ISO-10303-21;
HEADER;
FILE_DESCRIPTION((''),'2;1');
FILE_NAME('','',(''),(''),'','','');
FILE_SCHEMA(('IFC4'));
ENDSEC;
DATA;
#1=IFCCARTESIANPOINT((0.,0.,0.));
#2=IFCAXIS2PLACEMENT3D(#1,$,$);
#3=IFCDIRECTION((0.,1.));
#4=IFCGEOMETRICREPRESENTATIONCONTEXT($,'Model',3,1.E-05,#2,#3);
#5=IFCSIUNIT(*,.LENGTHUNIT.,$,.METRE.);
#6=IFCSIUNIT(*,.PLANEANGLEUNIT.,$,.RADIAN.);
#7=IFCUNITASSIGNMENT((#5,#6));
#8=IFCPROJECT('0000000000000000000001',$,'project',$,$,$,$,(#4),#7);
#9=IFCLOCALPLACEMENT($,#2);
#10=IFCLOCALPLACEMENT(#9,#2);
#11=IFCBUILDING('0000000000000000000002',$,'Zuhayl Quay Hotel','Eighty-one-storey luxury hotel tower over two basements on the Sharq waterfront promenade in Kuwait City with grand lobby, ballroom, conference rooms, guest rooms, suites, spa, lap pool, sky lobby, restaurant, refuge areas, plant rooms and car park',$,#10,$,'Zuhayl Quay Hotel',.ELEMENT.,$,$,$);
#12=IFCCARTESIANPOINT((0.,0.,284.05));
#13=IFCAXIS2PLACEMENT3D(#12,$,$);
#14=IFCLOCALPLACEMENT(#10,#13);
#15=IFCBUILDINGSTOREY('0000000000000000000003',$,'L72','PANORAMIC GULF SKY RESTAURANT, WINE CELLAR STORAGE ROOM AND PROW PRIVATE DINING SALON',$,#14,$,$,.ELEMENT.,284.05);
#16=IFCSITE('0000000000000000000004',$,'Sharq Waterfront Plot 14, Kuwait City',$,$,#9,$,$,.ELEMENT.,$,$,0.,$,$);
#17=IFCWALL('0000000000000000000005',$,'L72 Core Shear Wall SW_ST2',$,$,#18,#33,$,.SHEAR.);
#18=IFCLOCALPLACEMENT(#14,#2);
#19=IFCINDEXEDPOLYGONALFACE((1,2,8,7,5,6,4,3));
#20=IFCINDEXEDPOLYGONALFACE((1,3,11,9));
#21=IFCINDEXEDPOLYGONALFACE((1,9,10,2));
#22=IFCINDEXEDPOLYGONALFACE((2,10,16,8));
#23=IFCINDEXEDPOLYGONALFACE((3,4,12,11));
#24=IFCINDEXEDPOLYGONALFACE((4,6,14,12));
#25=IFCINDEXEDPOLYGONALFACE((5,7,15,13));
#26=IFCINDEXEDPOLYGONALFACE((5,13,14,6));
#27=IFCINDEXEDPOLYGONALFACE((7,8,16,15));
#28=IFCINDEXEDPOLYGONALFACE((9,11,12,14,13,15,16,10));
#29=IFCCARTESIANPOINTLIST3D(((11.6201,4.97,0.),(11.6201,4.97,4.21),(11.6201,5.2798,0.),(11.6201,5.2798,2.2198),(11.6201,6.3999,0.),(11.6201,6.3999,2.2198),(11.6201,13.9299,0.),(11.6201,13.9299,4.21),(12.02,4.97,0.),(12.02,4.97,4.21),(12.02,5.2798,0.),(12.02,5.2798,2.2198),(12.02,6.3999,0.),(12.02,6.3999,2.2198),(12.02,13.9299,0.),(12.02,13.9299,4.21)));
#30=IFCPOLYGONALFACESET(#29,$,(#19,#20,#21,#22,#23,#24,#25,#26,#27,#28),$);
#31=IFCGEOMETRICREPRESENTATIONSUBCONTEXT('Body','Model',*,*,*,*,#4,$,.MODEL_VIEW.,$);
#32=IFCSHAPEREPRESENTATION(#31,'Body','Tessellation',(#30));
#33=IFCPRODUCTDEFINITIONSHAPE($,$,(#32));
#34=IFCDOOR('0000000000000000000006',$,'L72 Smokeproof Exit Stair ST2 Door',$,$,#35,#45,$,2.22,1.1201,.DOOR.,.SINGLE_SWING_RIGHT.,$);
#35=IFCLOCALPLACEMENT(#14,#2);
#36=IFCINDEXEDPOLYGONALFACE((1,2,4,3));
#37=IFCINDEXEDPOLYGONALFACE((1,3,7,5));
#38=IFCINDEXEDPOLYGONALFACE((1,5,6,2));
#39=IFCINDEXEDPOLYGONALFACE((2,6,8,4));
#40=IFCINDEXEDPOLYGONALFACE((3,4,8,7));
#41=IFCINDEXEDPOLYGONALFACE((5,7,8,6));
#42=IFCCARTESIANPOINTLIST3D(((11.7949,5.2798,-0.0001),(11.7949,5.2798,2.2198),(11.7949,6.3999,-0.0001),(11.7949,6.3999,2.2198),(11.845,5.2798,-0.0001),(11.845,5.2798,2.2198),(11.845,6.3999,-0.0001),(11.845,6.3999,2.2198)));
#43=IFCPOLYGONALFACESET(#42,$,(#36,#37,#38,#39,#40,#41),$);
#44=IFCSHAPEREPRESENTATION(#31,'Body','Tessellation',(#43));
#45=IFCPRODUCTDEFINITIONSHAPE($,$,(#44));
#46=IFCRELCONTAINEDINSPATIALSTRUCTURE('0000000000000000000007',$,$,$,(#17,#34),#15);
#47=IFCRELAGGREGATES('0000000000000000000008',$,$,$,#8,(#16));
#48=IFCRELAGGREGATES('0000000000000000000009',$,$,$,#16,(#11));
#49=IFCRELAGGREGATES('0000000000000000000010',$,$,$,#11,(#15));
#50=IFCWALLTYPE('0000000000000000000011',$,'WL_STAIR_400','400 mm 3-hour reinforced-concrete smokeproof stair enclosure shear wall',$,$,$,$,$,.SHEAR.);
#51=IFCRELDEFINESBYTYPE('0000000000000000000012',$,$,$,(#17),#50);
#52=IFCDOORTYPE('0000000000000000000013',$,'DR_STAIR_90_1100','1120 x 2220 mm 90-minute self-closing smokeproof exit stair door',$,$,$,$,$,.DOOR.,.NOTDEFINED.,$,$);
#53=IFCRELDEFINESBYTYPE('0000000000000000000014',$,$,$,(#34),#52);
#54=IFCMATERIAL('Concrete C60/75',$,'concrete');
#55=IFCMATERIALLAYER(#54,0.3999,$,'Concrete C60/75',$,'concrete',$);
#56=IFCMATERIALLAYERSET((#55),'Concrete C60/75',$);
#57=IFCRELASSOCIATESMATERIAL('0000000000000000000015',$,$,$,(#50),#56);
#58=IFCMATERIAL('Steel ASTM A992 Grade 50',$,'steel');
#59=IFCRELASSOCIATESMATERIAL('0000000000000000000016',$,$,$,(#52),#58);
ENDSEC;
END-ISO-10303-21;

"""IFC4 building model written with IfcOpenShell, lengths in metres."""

from ifc_helpers import new_model, si_unit, direction, frame, frame_2d, origin, place, context, subcontext, project, spatial, rectangle, extrude, material, layer, layer_set, type_object, element, fill, save


model = new_model("IFC4")

# Units and contexts
model_context = context("Model", 3, precision=1e-05, world=origin(), true_north=direction((0.0, 1.0)))
body_context = subcontext(model_context, "Body", "Model", "MODEL_VIEW")
ifc_project = project(units=[si_unit("LENGTHUNIT", "METRE"), si_unit("PLANEANGLEUNIT", "RADIAN")], contexts=[model_context])

# Site, building, storey
site_placement = place(None, origin())
site = spatial("IfcSite", under=ifc_project, at=site_placement, Name="Sharq Waterfront Plot 14, Kuwait City", CompositionType="ELEMENT", RefElevation=0.0)
building_placement = place(site_placement, origin())
building = spatial("IfcBuilding", under=site, at=building_placement, Name="Zuhayl Quay Hotel", Description="Eighty-one-storey luxury hotel tower over two basements on the Sharq waterfront promenade in Kuwait City with grand lobby, ballroom, conference rooms, guest rooms, suites, spa, lap pool, sky lobby, restaurant, refuge areas, plant rooms and car park", LongName="Zuhayl Quay Hotel", CompositionType="ELEMENT")
storey_placement = place(building_placement, frame((0.0, 0.0, 284.05)))
storey = spatial("IfcBuildingStorey", under=building, at=storey_placement, Name="L72", Description="PANORAMIC GULF SKY RESTAURANT, WINE CELLAR STORAGE ROOM AND PROW PRIVATE DINING SALON", CompositionType="ELEMENT", Elevation=284.05)

# Shared definitions
ifc_material_1 = material(Name="Concrete C60/75", Category="concrete")

# Shared definitions
ifc_material_2 = material(Name="Steel ASTM A992 Grade 50", Category="steel")

# Wall, opening, door
ifc_layer_1 = layer(ifc_material_1, 0.3999, Name="Concrete C60/75", Category="concrete")
ifc_layer_set_1 = layer_set([ifc_layer_1], Name="Concrete C60/75")
wall_type_1 = type_object("IfcWallType", Name="WL_STAIR_400", Description="400 mm 3-hour reinforced-concrete smokeproof stair enclosure shear wall", PredefinedType="SHEAR", material=ifc_layer_set_1)
wall_1_placement = place(storey_placement, frame((11.8201, 13.9299, 0.0), z_axis=(0.0, 0.0, 1.0), x_axis=(0.0, -1.0, 0.0)))
wall_1 = element("IfcWall", 1, at=wall_1_placement, inside=storey, type_object=wall_type_1, Name="L72 Core Shear Wall SW_ST2", PredefinedType="SHEAR", context=body_context, shape_type="SweptSolid", body=[
    extrude(rectangle(XDim=8.96, YDim=0.3999, at=frame_2d((4.48, 0.0))), origin(), (0.0, 0.0, 1.0), 4.21),
])
opening_1_placement = place(wall_1_placement, frame((7.53, 0.0, 0.0)))
opening_1 = element("IfcOpeningElement", 2, at=opening_1_placement, cuts=wall_1, PredefinedType="OPENING", context=body_context, shape_type="SweptSolid", body=[
    extrude(rectangle(XDim=1.1201, YDim=2.22, at=frame_2d((0.5601, 1.1099))), frame((0.0, 0.21, 0.0), z_axis=(0.0, -1.0, 0.0), x_axis=(1.0, 0.0, 0.0)), (0.0, 0.0, 1.0), 0.4199),
])
door_type = type_object("IfcDoorType", Name="DR_STAIR_90_1100", Description="1120 x 2220 mm 90-minute self-closing smokeproof exit stair door", OperationType="NOTDEFINED", PredefinedType="DOOR", material=ifc_material_2)
door_placement = place(opening_1_placement, origin())
door = element("IfcDoor", 3, at=door_placement, inside=storey, type_object=door_type, Name="L72 Smokeproof Exit Stair ST2 Door", OperationType="SINGLE_SWING_RIGHT", OverallHeight=2.22, OverallWidth=1.1201, PredefinedType="DOOR", context=body_context, shape_type="SweptSolid", body=[
    extrude(rectangle(XDim=1.1201, YDim=2.22, at=frame_2d((0.5601, 1.1099))), frame((0.0, 0.0249, 0.0), z_axis=(0.0, -1.0, 0.0), x_axis=(1.0, 0.0, 0.0)), (0.0, 0.0, 1.0), 0.05),
])
fill(opening_1, door)

save(model, "model.ifc")
